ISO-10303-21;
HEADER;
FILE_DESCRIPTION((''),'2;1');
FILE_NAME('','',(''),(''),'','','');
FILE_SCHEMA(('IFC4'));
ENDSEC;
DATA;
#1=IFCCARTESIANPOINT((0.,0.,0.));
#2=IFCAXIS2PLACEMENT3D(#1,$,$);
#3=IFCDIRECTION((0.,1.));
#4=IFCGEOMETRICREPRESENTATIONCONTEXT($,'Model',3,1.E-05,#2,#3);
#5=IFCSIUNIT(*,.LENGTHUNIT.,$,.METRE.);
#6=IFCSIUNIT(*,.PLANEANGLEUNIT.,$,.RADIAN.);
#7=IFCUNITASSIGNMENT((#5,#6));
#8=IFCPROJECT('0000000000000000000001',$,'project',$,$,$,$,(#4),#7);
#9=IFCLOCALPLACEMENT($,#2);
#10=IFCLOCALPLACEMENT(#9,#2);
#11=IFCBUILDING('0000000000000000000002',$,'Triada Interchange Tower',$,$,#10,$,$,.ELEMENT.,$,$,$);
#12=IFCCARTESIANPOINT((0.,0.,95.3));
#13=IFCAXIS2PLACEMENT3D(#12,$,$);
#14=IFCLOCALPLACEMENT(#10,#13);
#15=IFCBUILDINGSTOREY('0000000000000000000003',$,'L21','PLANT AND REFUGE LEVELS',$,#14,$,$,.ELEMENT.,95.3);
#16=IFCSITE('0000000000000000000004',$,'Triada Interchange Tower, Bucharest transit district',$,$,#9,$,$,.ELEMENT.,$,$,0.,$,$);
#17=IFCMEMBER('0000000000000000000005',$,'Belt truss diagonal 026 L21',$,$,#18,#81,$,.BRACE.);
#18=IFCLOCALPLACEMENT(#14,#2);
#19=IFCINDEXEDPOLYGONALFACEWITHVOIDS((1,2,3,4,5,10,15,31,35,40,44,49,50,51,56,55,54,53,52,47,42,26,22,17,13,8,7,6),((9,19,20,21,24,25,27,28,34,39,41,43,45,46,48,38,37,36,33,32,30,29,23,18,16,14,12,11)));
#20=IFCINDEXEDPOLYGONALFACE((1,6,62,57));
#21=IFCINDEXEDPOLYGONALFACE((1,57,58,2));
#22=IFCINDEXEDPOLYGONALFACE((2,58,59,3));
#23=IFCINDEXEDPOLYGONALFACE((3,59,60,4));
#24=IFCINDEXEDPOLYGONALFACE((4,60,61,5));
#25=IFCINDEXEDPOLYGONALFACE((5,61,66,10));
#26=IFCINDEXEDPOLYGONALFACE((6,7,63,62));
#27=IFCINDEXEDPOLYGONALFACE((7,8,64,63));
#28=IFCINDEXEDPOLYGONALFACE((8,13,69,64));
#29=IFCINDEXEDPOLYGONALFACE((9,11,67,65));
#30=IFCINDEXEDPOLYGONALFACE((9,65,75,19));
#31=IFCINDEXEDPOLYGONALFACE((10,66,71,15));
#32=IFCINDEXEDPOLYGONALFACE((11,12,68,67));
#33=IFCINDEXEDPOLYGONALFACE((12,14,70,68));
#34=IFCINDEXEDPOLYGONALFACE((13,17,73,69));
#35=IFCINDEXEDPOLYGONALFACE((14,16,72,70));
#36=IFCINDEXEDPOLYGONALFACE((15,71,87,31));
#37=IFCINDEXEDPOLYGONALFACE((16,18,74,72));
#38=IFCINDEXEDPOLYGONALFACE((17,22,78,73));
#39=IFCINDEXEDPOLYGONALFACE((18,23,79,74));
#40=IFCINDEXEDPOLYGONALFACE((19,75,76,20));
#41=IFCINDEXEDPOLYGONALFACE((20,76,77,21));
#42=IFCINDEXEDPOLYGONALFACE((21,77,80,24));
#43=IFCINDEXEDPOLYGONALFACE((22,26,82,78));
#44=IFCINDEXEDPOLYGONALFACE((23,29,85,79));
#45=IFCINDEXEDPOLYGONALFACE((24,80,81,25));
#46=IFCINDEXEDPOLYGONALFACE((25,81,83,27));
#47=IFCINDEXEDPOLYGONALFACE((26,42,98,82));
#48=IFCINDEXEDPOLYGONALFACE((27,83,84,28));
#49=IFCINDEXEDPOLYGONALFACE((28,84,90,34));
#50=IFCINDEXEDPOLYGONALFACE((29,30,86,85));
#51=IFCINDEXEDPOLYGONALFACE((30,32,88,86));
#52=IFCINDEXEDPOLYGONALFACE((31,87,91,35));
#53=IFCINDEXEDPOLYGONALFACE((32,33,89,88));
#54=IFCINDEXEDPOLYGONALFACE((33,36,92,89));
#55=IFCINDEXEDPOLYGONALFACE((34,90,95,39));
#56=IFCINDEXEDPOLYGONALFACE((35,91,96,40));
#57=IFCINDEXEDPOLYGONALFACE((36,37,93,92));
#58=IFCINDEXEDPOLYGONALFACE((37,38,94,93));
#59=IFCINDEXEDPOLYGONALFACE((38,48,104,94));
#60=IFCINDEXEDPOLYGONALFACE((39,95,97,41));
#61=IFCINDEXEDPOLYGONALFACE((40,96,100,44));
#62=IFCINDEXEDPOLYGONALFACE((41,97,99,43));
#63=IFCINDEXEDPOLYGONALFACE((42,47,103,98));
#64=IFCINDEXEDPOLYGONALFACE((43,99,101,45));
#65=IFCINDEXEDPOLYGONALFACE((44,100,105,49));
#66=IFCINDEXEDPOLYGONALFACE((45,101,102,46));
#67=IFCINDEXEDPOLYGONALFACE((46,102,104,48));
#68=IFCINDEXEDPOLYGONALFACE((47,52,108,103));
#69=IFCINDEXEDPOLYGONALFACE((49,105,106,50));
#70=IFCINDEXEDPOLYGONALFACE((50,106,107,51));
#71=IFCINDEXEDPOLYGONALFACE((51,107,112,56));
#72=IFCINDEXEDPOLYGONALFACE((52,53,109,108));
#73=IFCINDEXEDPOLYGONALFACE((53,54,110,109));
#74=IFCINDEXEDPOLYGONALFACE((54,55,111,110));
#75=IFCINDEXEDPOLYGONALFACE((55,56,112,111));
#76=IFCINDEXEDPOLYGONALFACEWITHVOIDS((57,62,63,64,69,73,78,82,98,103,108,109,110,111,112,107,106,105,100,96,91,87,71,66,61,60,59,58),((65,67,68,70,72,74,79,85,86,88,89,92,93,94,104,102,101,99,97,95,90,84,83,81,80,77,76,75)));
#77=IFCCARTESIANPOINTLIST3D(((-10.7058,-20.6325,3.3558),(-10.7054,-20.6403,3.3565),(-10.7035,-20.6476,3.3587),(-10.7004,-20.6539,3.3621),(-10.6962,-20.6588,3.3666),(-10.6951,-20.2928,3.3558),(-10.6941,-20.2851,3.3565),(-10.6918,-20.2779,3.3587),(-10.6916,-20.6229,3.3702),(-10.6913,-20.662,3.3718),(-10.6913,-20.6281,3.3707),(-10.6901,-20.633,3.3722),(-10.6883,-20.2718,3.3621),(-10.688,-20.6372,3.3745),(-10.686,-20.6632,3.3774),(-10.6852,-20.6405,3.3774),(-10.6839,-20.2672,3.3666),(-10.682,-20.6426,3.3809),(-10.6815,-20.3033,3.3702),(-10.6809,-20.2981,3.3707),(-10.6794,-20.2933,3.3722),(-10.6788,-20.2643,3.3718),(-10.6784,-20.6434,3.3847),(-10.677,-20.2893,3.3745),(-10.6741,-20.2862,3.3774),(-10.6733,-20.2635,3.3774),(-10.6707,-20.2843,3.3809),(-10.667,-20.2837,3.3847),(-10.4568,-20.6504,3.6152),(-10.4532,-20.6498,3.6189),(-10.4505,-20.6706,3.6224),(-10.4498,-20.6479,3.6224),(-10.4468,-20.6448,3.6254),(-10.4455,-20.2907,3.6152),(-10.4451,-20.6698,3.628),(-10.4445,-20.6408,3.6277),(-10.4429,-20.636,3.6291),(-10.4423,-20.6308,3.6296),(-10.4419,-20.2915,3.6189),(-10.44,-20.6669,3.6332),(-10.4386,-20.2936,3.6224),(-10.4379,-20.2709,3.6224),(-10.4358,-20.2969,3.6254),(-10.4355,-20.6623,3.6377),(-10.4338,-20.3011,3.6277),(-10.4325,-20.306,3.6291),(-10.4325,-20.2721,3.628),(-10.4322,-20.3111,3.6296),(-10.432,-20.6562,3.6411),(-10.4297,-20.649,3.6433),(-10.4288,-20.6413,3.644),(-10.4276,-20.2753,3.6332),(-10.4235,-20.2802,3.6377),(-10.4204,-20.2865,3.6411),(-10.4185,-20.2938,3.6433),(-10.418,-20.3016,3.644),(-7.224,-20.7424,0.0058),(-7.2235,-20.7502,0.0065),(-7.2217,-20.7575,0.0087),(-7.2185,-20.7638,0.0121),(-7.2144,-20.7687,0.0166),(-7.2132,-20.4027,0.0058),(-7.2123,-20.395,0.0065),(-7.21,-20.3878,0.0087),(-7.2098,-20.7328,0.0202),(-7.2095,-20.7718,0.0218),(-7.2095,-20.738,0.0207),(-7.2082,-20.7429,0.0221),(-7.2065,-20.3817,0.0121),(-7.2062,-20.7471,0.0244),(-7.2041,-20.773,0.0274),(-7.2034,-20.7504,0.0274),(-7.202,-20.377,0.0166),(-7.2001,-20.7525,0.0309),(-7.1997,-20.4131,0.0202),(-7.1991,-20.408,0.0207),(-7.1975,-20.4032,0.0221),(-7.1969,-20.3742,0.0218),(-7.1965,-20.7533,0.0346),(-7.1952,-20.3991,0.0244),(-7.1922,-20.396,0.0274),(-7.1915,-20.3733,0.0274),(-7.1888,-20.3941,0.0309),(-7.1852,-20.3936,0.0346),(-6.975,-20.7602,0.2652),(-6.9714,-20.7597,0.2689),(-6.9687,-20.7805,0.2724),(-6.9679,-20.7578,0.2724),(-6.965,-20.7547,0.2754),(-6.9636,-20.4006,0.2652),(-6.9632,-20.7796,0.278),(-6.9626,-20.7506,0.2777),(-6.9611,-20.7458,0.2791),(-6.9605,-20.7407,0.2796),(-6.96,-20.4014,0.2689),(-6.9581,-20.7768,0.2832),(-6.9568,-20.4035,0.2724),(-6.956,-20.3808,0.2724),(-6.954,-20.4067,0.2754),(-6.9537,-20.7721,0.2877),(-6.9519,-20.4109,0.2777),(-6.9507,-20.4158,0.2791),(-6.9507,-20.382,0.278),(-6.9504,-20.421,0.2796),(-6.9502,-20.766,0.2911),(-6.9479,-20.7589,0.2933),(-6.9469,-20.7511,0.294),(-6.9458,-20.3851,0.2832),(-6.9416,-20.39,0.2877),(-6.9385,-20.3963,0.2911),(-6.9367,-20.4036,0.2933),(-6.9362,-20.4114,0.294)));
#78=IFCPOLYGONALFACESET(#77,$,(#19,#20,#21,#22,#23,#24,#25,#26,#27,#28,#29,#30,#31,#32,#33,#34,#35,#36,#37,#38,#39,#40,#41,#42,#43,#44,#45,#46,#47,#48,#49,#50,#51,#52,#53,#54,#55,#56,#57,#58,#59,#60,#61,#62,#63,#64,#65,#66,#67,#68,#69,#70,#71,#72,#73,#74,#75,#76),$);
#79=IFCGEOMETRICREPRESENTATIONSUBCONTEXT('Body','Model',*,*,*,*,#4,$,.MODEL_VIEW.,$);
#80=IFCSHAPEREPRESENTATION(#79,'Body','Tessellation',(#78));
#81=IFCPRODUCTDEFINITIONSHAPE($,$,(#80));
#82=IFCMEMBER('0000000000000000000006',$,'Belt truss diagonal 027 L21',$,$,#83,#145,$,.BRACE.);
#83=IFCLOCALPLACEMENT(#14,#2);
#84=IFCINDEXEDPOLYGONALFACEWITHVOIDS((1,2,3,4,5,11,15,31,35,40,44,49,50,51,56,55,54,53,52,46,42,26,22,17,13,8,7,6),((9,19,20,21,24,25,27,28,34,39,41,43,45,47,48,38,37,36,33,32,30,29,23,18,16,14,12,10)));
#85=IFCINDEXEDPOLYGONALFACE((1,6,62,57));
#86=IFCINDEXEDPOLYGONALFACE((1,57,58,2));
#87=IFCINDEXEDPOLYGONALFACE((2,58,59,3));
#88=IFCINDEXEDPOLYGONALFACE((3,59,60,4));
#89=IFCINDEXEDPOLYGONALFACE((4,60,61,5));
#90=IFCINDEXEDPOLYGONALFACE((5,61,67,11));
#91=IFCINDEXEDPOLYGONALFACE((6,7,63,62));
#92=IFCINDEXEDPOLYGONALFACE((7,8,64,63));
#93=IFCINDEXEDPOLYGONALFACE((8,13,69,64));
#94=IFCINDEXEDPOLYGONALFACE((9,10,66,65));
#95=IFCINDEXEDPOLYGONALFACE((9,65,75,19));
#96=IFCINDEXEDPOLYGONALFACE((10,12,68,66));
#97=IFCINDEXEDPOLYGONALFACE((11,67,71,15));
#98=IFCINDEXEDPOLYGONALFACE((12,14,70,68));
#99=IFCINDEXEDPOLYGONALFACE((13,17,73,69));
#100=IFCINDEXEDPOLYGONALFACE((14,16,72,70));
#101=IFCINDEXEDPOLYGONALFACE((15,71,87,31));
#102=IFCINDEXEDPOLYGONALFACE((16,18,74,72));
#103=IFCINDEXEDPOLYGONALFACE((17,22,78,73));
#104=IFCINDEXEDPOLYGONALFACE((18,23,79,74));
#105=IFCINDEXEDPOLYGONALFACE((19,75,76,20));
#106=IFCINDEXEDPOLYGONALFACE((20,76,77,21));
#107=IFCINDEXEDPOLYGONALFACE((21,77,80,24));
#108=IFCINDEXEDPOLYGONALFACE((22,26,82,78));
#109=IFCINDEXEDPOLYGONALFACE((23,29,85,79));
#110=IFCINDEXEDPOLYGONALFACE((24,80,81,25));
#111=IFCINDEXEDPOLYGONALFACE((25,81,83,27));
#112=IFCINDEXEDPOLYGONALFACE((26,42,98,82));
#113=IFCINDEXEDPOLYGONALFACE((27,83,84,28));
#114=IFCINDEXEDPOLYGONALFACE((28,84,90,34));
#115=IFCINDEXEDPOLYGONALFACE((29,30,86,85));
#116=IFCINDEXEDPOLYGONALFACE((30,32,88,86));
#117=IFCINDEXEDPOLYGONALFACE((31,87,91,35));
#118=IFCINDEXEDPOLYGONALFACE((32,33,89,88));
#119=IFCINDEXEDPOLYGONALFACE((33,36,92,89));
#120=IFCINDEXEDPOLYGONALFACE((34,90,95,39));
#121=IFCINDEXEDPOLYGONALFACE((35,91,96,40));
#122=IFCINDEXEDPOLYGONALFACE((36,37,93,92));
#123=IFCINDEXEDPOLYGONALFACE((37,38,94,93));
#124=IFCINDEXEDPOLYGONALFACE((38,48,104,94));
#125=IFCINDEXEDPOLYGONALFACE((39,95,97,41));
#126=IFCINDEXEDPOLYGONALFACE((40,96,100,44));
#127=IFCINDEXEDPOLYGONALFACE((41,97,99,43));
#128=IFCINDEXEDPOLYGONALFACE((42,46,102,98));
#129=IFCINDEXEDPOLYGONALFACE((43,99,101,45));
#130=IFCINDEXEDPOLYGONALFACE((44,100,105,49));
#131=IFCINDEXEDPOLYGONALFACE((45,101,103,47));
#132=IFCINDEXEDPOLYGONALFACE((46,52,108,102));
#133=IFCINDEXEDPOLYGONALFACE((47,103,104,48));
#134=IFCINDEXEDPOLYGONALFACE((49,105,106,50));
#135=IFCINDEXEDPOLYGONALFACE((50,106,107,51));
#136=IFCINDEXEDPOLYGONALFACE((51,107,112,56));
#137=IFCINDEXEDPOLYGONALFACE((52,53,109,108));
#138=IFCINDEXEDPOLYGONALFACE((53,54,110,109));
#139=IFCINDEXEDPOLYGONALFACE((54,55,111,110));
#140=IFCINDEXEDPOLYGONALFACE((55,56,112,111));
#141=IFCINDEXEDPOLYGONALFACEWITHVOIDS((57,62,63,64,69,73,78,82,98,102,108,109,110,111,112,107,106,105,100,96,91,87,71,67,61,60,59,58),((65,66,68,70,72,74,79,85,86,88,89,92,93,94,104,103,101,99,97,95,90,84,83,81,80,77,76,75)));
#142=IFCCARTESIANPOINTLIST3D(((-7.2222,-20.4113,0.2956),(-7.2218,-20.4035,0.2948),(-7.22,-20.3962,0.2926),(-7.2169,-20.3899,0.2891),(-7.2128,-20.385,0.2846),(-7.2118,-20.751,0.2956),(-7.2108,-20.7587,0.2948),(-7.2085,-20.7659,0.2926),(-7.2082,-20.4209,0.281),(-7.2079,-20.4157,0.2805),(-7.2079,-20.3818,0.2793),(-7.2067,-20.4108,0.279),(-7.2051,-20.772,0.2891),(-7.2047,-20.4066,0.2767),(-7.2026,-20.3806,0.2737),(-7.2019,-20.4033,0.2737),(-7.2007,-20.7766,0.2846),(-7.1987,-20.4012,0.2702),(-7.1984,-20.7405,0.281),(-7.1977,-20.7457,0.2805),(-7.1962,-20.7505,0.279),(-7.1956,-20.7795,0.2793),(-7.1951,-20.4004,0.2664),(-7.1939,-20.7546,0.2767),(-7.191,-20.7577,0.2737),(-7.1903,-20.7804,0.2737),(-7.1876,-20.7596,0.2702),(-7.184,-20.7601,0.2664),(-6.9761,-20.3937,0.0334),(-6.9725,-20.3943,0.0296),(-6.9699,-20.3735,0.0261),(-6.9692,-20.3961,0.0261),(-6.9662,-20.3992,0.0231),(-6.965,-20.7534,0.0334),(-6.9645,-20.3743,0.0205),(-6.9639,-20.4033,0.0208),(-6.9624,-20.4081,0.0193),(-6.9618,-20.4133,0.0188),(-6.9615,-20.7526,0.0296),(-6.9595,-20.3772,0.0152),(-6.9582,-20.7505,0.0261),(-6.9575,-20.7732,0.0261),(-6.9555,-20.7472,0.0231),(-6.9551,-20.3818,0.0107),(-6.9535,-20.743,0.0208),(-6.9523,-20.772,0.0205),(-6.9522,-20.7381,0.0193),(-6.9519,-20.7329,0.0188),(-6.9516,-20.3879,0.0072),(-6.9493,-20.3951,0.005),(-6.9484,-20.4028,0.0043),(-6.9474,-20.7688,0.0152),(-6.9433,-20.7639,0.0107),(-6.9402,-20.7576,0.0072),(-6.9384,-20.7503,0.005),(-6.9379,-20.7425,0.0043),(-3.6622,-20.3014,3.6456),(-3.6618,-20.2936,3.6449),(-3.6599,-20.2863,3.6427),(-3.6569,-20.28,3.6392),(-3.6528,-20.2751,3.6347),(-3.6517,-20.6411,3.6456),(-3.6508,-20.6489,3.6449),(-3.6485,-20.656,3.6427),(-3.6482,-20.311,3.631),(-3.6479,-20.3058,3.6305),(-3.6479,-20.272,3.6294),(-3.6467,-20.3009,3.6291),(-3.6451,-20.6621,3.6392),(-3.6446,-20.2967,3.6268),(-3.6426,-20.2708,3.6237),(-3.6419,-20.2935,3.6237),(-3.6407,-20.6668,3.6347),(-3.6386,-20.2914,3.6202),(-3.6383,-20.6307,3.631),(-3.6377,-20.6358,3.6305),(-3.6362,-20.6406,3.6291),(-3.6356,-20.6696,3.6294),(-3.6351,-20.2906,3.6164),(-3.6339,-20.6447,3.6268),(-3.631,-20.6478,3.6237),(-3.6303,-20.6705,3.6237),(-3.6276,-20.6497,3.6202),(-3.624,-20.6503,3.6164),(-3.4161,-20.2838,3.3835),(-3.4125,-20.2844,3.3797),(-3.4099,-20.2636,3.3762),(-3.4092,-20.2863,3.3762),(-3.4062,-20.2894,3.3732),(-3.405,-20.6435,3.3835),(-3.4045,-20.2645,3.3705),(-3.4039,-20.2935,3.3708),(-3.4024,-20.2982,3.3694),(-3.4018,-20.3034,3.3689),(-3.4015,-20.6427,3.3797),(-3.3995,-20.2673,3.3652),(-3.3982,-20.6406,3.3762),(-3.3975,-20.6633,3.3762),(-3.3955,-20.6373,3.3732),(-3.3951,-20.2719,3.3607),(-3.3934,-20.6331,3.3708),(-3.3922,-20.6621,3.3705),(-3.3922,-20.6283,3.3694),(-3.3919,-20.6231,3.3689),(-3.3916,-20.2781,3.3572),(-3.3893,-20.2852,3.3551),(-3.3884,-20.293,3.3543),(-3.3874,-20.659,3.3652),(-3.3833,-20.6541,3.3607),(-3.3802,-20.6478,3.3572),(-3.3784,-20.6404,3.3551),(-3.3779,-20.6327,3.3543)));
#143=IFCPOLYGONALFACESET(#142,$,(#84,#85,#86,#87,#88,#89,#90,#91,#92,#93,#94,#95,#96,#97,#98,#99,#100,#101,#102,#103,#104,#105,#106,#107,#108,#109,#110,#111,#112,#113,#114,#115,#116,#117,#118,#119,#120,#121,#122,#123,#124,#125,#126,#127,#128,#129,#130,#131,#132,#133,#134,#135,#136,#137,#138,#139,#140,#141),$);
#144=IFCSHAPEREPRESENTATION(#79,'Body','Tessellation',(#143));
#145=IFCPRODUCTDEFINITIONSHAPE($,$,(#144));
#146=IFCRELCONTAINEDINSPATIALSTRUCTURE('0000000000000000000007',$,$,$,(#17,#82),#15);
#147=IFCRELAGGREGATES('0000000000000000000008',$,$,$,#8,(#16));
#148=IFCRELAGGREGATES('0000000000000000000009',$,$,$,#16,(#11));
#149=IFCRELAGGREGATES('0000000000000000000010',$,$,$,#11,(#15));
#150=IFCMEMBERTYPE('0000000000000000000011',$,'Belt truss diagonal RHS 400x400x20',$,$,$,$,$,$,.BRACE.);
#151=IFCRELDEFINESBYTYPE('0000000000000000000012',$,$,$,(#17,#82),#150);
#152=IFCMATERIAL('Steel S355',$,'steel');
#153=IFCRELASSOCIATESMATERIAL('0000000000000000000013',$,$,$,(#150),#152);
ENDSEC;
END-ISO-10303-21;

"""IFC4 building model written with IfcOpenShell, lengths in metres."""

from ifc_helpers import new_model, si_unit, direction, frame, origin, origin_2d, place, context, subcontext, project, spatial, hollow_rectangle, extrude, material, material_profile, profile_set, type_object, element, save


model = new_model("IFC4")

# Units and contexts
model_context = context("Model", 3, precision=1e-05, world=origin(), true_north=direction((0.0, 1.0)))
body_context = subcontext(model_context, "Body", "Model", "MODEL_VIEW")
ifc_project = project(units=[si_unit("LENGTHUNIT", "METRE"), si_unit("PLANEANGLEUNIT", "RADIAN")], contexts=[model_context])

# Site, building, storey
site_placement = place(None, origin())
site = spatial("IfcSite", under=ifc_project, at=site_placement, Name="Triada Interchange Tower, Bucharest transit district", CompositionType="ELEMENT", RefElevation=0.0)
building_placement = place(site_placement, origin())
building = spatial("IfcBuilding", under=site, at=building_placement, Name="Triada Interchange Tower", CompositionType="ELEMENT")
storey_placement = place(building_placement, frame((0.0, 0.0, 95.3)))
storey = spatial("IfcBuildingStorey", under=building, at=storey_placement, Name="L21", Description="PLANT AND REFUGE LEVELS", CompositionType="ELEMENT", Elevation=95.3)

# Members
ifc_material_1 = material(Name="Steel S355", Category="steel")
ifc_material_profile_1 = material_profile(ifc_material_1, hollow_rectangle(XDim=0.3999, YDim=0.3999, WallThickness=0.02, InnerFilletRadius=0.02, OuterFilletRadius=0.03, at=origin_2d()), Name="RHS 400x400x20")
ifc_profile_set_1 = profile_set([ifc_material_profile_1], Name="Steel S355")
member_type = type_object("IfcMemberType", Name="Belt truss diagonal RHS 400x400x20", PredefinedType="BRACE", material=ifc_profile_set_1)
member_1_placement = place(storey_placement, frame((-7.0801, -20.5769, 0.1499), z_axis=(-0.720431, 0.022731, 0.693154), x_axis=(-0.031537, -0.999503, 0.0)))
element("IfcMember", 1, at=member_1_placement, inside=storey, type_object=member_type, Name="Belt truss diagonal 026 L21", PredefinedType="BRACE", context=body_context, shape_type="SweptSolid", body=[
    extrude(hollow_rectangle(XDim=0.3999, YDim=0.3999, WallThickness=0.02, InnerFilletRadius=0.02, OuterFilletRadius=0.03, at=origin_2d()), origin(), (0.0, 0.0, 1.0), 4.833),
])
member_2_placement = place(storey_placement, frame((-7.0801, -20.5769, 0.1499), z_axis=(0.728072, 0.022468, 0.685132), x_axis=(-0.030845, 0.999524, 0.0)))
element("IfcMember", 2, at=member_2_placement, inside=storey, type_object=member_type, Name="Belt truss diagonal 027 L21", PredefinedType="BRACE", context=body_context, shape_type="SweptSolid", body=[
    extrude(hollow_rectangle(XDim=0.3999, YDim=0.3999, WallThickness=0.02, InnerFilletRadius=0.02, OuterFilletRadius=0.03, at=origin_2d()), origin(), (0.0, 0.0, 1.0), 4.8896),
])

save(model, "model.ifc")
